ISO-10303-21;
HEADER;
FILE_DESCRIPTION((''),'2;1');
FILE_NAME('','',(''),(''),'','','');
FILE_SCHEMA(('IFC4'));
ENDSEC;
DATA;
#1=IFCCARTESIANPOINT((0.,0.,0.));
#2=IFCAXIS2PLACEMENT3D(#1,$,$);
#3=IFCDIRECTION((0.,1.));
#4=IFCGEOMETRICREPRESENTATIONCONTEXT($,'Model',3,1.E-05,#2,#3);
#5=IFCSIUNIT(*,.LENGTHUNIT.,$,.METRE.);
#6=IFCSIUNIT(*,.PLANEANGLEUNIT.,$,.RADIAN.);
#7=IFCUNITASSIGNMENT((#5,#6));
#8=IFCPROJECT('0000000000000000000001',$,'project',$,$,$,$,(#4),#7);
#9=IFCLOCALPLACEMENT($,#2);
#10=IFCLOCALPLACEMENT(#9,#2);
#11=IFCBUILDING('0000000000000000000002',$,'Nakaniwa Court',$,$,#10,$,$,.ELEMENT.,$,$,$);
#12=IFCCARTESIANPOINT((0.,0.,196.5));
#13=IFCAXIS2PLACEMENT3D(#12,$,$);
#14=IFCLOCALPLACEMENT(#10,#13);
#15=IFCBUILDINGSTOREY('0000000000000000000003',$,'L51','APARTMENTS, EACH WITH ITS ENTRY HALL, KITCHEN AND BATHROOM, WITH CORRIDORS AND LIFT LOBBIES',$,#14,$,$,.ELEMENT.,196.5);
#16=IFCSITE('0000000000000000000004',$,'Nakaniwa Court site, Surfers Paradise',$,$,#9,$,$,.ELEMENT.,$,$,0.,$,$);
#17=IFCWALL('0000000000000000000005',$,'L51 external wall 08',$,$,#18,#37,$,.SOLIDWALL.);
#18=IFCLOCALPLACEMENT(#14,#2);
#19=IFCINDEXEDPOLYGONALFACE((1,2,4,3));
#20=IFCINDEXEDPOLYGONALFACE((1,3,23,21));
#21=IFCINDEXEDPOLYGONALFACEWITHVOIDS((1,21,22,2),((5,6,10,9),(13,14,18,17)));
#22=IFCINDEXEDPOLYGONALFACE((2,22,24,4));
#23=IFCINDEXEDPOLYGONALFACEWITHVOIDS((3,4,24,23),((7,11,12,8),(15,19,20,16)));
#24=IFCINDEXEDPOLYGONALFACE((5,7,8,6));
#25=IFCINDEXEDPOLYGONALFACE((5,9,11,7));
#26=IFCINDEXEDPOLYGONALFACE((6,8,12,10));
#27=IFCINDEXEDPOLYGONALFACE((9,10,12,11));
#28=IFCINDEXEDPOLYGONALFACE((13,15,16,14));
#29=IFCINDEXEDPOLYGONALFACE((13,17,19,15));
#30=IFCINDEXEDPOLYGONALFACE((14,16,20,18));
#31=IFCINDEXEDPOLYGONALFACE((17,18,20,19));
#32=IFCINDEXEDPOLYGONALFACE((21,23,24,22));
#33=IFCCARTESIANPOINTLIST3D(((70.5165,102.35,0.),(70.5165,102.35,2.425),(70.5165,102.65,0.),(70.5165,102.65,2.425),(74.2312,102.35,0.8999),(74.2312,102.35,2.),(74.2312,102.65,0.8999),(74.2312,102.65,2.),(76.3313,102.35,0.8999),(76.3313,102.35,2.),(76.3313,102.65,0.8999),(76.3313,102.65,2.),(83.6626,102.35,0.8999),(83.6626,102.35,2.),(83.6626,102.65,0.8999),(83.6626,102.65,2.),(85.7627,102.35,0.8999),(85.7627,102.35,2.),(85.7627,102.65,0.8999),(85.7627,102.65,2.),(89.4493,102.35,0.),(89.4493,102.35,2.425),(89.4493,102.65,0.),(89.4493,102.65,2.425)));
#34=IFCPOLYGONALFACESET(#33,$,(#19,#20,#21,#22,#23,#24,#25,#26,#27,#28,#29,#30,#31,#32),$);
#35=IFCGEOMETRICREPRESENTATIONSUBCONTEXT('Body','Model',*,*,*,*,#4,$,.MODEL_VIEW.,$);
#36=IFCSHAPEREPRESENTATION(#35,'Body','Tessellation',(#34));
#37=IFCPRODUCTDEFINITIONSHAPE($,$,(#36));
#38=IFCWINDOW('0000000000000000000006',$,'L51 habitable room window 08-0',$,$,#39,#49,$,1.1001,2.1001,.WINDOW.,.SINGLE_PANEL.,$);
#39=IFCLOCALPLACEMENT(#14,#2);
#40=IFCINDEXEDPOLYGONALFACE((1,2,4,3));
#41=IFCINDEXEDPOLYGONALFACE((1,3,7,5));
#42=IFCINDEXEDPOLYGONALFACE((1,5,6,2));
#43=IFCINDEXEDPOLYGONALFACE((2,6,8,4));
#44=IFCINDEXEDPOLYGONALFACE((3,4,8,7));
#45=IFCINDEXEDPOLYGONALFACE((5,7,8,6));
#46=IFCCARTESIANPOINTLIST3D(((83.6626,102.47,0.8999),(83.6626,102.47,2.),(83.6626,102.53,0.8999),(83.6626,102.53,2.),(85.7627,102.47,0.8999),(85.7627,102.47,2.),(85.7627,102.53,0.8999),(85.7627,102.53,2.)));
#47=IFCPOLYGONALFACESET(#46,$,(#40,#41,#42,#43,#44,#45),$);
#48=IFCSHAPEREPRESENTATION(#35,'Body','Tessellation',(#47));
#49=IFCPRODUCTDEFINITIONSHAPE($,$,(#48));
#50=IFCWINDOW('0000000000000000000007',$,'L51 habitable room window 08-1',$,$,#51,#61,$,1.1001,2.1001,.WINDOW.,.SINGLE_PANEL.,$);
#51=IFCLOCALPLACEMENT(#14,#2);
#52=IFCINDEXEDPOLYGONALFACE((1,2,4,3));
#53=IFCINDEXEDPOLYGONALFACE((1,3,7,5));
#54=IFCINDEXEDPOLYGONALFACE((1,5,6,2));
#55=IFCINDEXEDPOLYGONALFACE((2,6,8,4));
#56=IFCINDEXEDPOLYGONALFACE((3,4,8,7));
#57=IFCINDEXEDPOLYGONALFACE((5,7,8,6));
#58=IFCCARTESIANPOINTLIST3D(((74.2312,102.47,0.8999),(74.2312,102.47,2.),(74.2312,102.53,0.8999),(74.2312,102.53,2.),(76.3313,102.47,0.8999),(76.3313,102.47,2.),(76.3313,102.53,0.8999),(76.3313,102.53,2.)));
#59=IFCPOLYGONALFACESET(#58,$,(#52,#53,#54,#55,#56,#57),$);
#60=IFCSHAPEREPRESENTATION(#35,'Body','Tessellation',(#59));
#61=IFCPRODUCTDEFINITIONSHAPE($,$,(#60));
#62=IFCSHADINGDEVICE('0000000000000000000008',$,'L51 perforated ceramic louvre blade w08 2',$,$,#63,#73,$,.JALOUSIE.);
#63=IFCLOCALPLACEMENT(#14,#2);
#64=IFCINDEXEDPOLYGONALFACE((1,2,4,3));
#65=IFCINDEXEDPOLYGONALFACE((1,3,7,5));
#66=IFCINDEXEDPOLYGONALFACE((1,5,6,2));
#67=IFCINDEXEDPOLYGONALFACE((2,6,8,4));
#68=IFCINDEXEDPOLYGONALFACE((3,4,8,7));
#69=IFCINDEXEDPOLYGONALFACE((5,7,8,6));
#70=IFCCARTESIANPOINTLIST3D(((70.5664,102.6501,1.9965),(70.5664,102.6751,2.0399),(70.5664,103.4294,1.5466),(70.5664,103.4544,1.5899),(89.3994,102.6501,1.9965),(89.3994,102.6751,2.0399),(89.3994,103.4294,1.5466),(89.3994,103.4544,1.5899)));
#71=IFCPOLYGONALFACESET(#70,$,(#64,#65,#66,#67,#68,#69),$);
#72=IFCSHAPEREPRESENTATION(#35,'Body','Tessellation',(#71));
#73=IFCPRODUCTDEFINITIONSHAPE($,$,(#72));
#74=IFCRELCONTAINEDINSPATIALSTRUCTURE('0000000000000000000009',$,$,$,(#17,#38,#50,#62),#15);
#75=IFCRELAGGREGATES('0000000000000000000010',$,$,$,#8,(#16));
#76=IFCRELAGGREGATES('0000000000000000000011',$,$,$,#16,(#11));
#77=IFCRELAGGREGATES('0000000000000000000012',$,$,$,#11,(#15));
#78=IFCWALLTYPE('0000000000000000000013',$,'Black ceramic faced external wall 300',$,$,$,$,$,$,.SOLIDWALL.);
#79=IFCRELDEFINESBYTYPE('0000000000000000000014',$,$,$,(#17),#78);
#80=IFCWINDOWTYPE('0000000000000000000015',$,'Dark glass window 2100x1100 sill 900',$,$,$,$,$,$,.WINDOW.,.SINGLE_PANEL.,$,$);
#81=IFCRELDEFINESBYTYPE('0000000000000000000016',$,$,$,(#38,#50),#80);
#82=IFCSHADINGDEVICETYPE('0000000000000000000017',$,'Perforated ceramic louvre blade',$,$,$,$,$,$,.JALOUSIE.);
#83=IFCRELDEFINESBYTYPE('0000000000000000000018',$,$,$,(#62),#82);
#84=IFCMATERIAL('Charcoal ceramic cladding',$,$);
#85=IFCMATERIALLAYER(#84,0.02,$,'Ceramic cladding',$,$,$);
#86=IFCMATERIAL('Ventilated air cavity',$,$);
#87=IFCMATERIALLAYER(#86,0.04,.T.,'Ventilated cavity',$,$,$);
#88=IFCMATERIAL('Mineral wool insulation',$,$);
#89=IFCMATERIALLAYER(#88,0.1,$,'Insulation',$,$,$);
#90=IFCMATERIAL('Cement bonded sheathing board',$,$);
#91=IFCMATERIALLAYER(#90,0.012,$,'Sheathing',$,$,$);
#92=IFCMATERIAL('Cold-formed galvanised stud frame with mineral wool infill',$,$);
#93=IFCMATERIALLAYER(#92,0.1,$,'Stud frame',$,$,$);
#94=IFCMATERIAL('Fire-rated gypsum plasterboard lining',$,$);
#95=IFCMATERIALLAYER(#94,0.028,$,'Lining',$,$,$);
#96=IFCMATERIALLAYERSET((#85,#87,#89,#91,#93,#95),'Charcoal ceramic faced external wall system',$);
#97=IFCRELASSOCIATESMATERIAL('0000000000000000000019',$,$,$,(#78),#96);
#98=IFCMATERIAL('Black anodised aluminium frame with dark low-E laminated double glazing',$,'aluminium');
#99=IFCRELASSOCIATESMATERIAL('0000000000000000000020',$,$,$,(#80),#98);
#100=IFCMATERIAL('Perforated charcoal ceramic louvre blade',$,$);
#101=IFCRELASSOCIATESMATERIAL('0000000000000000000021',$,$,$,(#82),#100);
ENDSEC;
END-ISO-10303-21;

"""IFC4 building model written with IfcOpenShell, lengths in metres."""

from ifc_helpers import new_model, si_unit, direction, frame, frame_2d, origin, origin_2d, place, context, subcontext, project, spatial, rectangle, extrude, material, layer, layer_set, material_profile, profile_set, type_object, element, fill, save


model = new_model("IFC4")

# Units and contexts
model_context = context("Model", 3, precision=1e-05, world=origin(), true_north=direction((0.0, 1.0)))
body_context = subcontext(model_context, "Body", "Model", "MODEL_VIEW")
ifc_project = project(units=[si_unit("LENGTHUNIT", "METRE"), si_unit("PLANEANGLEUNIT", "RADIAN")], contexts=[model_context])

# Site, building, storey
site_placement = place(None, origin())
site = spatial("IfcSite", under=ifc_project, at=site_placement, Name="Nakaniwa Court site, Surfers Paradise", CompositionType="ELEMENT", RefElevation=0.0)
building_placement = place(site_placement, origin())
building = spatial("IfcBuilding", under=site, at=building_placement, Name="Nakaniwa Court", CompositionType="ELEMENT")
storey_placement = place(building_placement, frame((0.0, 0.0, 196.5)))
storey = spatial("IfcBuildingStorey", under=building, at=storey_placement, Name="L51", Description="APARTMENTS, EACH WITH ITS ENTRY HALL, KITCHEN AND BATHROOM, WITH CORRIDORS AND LIFT LOBBIES", CompositionType="ELEMENT", Elevation=196.5)

# Shared definitions
ifc_material_1 = material(Name="Charcoal ceramic cladding")
ifc_layer_1 = layer(ifc_material_1, 0.02, Name="Ceramic cladding")
ifc_material_2 = material(Name="Ventilated air cavity")
ifc_layer_2 = layer(ifc_material_2, 0.04, ventilated=True, Name="Ventilated cavity")
ifc_material_3 = material(Name="Mineral wool insulation")
ifc_layer_3 = layer(ifc_material_3, 0.1, Name="Insulation")
ifc_material_4 = material(Name="Cement bonded sheathing board")
ifc_layer_4 = layer(ifc_material_4, 0.012, Name="Sheathing")
ifc_material_5 = material(Name="Cold-formed galvanised stud frame with mineral wool infill")
ifc_layer_5 = layer(ifc_material_5, 0.1, Name="Stud frame")
ifc_material_6 = material(Name="Fire-rated gypsum plasterboard lining")
ifc_layer_6 = layer(ifc_material_6, 0.028, Name="Lining")
ifc_layer_set_1 = layer_set([ifc_layer_1, ifc_layer_2, ifc_layer_3, ifc_layer_4, ifc_layer_5, ifc_layer_6], Name="Charcoal ceramic faced external wall system")
wall_type_1 = type_object("IfcWallType", Name="Black ceramic faced external wall 300", PredefinedType="SOLIDWALL", material=ifc_layer_set_1)
ifc_material_7 = material(Name="Black anodised aluminium frame with dark low-E laminated double glazing", Category="aluminium")

# Wall, openings, windows
wall_1_placement = place(storey_placement, frame((89.4492, 102.5, 0.0), z_axis=(0.0, 0.0, 1.0), x_axis=(-1.0, 0.0, 0.0)))
wall_1 = element("IfcWall", 1, at=wall_1_placement, inside=storey, type_object=wall_type_1, Name="L51 external wall 08", PredefinedType="SOLIDWALL", context=body_context, shape_type="SweptSolid", body=[
    extrude(rectangle(XDim=18.9329, YDim=0.3, at=frame_2d((9.4663, 0.0))), origin(), (0.0, 0.0, 1.0), 2.425),
])
opening_1_placement = place(wall_1_placement, frame((3.6865, 0.0, 0.8999)))
opening_1 = element("IfcOpeningElement", 2, at=opening_1_placement, cuts=wall_1, PredefinedType="OPENING", context=body_context, shape_type="SweptSolid", body=[
    extrude(rectangle(XDim=2.1001, YDim=1.1001, at=frame_2d((1.05, 0.55))), frame((0.0, 0.1599, 0.0), z_axis=(0.0, -1.0, 0.0), x_axis=(1.0, 0.0, 0.0)), (0.0, 0.0, 1.0), 0.3201),
])
opening_2_placement = place(wall_1_placement, frame((13.1179, 0.0, 0.8999)))
opening_2 = element("IfcOpeningElement", 3, at=opening_2_placement, cuts=wall_1, PredefinedType="OPENING", context=body_context, shape_type="SweptSolid", body=[
    extrude(rectangle(XDim=2.1001, YDim=1.1001, at=frame_2d((1.05, 0.55))), frame((0.0, 0.1599, 0.0), z_axis=(0.0, -1.0, 0.0), x_axis=(1.0, 0.0, 0.0)), (0.0, 0.0, 1.0), 0.3201),
])
window_type_1 = type_object("IfcWindowType", Name="Dark glass window 2100x1100 sill 900", PartitioningType="SINGLE_PANEL", PredefinedType="WINDOW", material=ifc_material_7)
window_1_placement = place(opening_1_placement, origin())
window_1 = element("IfcWindow", 4, at=window_1_placement, inside=storey, type_object=window_type_1, Name="L51 habitable room window 08-0", OverallHeight=1.1001, OverallWidth=2.1001, PartitioningType="SINGLE_PANEL", PredefinedType="WINDOW", context=body_context, shape_type="SweptSolid", body=[
    extrude(rectangle(XDim=2.1001, YDim=1.1001, at=frame_2d((1.05, 0.55))), frame((0.0, 0.03, 0.0), z_axis=(0.0, -1.0, 0.0), x_axis=(1.0, 0.0, 0.0)), (0.0, 0.0, 1.0), 0.0601),
])
fill(opening_1, window_1)
window_2_placement = place(opening_2_placement, origin())
window_2 = element("IfcWindow", 5, at=window_2_placement, inside=storey, type_object=window_type_1, Name="L51 habitable room window 08-1", OverallHeight=1.1001, OverallWidth=2.1001, PartitioningType="SINGLE_PANEL", PredefinedType="WINDOW", context=body_context, shape_type="SweptSolid", body=[
    extrude(rectangle(XDim=2.1001, YDim=1.1001, at=frame_2d((1.05, 0.55))), frame((0.0, 0.03, 0.0), z_axis=(0.0, -1.0, 0.0), x_axis=(1.0, 0.0, 0.0)), (0.0, 0.0, 1.0), 0.0601),
])
fill(opening_2, window_2)

# Shading device
ifc_material_8 = material(Name="Perforated charcoal ceramic louvre blade")
ifc_material_profile_1 = material_profile(ifc_material_8, rectangle(XDim=0.8999, YDim=0.05, at=origin_2d()), Name="Perforated ceramic louvre blade")
ifc_profile_set_1 = profile_set([ifc_material_profile_1], Name="Perforated charcoal ceramic louvre blade")
shading_device_type = type_object("IfcShadingDeviceType", Name="Perforated ceramic louvre blade", PredefinedType="JALOUSIE", material=ifc_profile_set_1)
shading_device_placement = place(storey_placement, frame((89.3994, 103.0522, 1.7932), z_axis=(-1.0, 0.0, 0.0), x_axis=(0.0, -0.866025, 0.5)))
element("IfcShadingDevice", 6, at=shading_device_placement, inside=storey, type_object=shading_device_type, Name="L51 perforated ceramic louvre blade w08 2", PredefinedType="JALOUSIE", context=body_context, shape_type="SweptSolid", body=[
    extrude(rectangle(XDim=0.8999, YDim=0.05, at=origin_2d()), origin(), (0.0, 0.0, 1.0), 18.833),
])

save(model, "model.ifc")
